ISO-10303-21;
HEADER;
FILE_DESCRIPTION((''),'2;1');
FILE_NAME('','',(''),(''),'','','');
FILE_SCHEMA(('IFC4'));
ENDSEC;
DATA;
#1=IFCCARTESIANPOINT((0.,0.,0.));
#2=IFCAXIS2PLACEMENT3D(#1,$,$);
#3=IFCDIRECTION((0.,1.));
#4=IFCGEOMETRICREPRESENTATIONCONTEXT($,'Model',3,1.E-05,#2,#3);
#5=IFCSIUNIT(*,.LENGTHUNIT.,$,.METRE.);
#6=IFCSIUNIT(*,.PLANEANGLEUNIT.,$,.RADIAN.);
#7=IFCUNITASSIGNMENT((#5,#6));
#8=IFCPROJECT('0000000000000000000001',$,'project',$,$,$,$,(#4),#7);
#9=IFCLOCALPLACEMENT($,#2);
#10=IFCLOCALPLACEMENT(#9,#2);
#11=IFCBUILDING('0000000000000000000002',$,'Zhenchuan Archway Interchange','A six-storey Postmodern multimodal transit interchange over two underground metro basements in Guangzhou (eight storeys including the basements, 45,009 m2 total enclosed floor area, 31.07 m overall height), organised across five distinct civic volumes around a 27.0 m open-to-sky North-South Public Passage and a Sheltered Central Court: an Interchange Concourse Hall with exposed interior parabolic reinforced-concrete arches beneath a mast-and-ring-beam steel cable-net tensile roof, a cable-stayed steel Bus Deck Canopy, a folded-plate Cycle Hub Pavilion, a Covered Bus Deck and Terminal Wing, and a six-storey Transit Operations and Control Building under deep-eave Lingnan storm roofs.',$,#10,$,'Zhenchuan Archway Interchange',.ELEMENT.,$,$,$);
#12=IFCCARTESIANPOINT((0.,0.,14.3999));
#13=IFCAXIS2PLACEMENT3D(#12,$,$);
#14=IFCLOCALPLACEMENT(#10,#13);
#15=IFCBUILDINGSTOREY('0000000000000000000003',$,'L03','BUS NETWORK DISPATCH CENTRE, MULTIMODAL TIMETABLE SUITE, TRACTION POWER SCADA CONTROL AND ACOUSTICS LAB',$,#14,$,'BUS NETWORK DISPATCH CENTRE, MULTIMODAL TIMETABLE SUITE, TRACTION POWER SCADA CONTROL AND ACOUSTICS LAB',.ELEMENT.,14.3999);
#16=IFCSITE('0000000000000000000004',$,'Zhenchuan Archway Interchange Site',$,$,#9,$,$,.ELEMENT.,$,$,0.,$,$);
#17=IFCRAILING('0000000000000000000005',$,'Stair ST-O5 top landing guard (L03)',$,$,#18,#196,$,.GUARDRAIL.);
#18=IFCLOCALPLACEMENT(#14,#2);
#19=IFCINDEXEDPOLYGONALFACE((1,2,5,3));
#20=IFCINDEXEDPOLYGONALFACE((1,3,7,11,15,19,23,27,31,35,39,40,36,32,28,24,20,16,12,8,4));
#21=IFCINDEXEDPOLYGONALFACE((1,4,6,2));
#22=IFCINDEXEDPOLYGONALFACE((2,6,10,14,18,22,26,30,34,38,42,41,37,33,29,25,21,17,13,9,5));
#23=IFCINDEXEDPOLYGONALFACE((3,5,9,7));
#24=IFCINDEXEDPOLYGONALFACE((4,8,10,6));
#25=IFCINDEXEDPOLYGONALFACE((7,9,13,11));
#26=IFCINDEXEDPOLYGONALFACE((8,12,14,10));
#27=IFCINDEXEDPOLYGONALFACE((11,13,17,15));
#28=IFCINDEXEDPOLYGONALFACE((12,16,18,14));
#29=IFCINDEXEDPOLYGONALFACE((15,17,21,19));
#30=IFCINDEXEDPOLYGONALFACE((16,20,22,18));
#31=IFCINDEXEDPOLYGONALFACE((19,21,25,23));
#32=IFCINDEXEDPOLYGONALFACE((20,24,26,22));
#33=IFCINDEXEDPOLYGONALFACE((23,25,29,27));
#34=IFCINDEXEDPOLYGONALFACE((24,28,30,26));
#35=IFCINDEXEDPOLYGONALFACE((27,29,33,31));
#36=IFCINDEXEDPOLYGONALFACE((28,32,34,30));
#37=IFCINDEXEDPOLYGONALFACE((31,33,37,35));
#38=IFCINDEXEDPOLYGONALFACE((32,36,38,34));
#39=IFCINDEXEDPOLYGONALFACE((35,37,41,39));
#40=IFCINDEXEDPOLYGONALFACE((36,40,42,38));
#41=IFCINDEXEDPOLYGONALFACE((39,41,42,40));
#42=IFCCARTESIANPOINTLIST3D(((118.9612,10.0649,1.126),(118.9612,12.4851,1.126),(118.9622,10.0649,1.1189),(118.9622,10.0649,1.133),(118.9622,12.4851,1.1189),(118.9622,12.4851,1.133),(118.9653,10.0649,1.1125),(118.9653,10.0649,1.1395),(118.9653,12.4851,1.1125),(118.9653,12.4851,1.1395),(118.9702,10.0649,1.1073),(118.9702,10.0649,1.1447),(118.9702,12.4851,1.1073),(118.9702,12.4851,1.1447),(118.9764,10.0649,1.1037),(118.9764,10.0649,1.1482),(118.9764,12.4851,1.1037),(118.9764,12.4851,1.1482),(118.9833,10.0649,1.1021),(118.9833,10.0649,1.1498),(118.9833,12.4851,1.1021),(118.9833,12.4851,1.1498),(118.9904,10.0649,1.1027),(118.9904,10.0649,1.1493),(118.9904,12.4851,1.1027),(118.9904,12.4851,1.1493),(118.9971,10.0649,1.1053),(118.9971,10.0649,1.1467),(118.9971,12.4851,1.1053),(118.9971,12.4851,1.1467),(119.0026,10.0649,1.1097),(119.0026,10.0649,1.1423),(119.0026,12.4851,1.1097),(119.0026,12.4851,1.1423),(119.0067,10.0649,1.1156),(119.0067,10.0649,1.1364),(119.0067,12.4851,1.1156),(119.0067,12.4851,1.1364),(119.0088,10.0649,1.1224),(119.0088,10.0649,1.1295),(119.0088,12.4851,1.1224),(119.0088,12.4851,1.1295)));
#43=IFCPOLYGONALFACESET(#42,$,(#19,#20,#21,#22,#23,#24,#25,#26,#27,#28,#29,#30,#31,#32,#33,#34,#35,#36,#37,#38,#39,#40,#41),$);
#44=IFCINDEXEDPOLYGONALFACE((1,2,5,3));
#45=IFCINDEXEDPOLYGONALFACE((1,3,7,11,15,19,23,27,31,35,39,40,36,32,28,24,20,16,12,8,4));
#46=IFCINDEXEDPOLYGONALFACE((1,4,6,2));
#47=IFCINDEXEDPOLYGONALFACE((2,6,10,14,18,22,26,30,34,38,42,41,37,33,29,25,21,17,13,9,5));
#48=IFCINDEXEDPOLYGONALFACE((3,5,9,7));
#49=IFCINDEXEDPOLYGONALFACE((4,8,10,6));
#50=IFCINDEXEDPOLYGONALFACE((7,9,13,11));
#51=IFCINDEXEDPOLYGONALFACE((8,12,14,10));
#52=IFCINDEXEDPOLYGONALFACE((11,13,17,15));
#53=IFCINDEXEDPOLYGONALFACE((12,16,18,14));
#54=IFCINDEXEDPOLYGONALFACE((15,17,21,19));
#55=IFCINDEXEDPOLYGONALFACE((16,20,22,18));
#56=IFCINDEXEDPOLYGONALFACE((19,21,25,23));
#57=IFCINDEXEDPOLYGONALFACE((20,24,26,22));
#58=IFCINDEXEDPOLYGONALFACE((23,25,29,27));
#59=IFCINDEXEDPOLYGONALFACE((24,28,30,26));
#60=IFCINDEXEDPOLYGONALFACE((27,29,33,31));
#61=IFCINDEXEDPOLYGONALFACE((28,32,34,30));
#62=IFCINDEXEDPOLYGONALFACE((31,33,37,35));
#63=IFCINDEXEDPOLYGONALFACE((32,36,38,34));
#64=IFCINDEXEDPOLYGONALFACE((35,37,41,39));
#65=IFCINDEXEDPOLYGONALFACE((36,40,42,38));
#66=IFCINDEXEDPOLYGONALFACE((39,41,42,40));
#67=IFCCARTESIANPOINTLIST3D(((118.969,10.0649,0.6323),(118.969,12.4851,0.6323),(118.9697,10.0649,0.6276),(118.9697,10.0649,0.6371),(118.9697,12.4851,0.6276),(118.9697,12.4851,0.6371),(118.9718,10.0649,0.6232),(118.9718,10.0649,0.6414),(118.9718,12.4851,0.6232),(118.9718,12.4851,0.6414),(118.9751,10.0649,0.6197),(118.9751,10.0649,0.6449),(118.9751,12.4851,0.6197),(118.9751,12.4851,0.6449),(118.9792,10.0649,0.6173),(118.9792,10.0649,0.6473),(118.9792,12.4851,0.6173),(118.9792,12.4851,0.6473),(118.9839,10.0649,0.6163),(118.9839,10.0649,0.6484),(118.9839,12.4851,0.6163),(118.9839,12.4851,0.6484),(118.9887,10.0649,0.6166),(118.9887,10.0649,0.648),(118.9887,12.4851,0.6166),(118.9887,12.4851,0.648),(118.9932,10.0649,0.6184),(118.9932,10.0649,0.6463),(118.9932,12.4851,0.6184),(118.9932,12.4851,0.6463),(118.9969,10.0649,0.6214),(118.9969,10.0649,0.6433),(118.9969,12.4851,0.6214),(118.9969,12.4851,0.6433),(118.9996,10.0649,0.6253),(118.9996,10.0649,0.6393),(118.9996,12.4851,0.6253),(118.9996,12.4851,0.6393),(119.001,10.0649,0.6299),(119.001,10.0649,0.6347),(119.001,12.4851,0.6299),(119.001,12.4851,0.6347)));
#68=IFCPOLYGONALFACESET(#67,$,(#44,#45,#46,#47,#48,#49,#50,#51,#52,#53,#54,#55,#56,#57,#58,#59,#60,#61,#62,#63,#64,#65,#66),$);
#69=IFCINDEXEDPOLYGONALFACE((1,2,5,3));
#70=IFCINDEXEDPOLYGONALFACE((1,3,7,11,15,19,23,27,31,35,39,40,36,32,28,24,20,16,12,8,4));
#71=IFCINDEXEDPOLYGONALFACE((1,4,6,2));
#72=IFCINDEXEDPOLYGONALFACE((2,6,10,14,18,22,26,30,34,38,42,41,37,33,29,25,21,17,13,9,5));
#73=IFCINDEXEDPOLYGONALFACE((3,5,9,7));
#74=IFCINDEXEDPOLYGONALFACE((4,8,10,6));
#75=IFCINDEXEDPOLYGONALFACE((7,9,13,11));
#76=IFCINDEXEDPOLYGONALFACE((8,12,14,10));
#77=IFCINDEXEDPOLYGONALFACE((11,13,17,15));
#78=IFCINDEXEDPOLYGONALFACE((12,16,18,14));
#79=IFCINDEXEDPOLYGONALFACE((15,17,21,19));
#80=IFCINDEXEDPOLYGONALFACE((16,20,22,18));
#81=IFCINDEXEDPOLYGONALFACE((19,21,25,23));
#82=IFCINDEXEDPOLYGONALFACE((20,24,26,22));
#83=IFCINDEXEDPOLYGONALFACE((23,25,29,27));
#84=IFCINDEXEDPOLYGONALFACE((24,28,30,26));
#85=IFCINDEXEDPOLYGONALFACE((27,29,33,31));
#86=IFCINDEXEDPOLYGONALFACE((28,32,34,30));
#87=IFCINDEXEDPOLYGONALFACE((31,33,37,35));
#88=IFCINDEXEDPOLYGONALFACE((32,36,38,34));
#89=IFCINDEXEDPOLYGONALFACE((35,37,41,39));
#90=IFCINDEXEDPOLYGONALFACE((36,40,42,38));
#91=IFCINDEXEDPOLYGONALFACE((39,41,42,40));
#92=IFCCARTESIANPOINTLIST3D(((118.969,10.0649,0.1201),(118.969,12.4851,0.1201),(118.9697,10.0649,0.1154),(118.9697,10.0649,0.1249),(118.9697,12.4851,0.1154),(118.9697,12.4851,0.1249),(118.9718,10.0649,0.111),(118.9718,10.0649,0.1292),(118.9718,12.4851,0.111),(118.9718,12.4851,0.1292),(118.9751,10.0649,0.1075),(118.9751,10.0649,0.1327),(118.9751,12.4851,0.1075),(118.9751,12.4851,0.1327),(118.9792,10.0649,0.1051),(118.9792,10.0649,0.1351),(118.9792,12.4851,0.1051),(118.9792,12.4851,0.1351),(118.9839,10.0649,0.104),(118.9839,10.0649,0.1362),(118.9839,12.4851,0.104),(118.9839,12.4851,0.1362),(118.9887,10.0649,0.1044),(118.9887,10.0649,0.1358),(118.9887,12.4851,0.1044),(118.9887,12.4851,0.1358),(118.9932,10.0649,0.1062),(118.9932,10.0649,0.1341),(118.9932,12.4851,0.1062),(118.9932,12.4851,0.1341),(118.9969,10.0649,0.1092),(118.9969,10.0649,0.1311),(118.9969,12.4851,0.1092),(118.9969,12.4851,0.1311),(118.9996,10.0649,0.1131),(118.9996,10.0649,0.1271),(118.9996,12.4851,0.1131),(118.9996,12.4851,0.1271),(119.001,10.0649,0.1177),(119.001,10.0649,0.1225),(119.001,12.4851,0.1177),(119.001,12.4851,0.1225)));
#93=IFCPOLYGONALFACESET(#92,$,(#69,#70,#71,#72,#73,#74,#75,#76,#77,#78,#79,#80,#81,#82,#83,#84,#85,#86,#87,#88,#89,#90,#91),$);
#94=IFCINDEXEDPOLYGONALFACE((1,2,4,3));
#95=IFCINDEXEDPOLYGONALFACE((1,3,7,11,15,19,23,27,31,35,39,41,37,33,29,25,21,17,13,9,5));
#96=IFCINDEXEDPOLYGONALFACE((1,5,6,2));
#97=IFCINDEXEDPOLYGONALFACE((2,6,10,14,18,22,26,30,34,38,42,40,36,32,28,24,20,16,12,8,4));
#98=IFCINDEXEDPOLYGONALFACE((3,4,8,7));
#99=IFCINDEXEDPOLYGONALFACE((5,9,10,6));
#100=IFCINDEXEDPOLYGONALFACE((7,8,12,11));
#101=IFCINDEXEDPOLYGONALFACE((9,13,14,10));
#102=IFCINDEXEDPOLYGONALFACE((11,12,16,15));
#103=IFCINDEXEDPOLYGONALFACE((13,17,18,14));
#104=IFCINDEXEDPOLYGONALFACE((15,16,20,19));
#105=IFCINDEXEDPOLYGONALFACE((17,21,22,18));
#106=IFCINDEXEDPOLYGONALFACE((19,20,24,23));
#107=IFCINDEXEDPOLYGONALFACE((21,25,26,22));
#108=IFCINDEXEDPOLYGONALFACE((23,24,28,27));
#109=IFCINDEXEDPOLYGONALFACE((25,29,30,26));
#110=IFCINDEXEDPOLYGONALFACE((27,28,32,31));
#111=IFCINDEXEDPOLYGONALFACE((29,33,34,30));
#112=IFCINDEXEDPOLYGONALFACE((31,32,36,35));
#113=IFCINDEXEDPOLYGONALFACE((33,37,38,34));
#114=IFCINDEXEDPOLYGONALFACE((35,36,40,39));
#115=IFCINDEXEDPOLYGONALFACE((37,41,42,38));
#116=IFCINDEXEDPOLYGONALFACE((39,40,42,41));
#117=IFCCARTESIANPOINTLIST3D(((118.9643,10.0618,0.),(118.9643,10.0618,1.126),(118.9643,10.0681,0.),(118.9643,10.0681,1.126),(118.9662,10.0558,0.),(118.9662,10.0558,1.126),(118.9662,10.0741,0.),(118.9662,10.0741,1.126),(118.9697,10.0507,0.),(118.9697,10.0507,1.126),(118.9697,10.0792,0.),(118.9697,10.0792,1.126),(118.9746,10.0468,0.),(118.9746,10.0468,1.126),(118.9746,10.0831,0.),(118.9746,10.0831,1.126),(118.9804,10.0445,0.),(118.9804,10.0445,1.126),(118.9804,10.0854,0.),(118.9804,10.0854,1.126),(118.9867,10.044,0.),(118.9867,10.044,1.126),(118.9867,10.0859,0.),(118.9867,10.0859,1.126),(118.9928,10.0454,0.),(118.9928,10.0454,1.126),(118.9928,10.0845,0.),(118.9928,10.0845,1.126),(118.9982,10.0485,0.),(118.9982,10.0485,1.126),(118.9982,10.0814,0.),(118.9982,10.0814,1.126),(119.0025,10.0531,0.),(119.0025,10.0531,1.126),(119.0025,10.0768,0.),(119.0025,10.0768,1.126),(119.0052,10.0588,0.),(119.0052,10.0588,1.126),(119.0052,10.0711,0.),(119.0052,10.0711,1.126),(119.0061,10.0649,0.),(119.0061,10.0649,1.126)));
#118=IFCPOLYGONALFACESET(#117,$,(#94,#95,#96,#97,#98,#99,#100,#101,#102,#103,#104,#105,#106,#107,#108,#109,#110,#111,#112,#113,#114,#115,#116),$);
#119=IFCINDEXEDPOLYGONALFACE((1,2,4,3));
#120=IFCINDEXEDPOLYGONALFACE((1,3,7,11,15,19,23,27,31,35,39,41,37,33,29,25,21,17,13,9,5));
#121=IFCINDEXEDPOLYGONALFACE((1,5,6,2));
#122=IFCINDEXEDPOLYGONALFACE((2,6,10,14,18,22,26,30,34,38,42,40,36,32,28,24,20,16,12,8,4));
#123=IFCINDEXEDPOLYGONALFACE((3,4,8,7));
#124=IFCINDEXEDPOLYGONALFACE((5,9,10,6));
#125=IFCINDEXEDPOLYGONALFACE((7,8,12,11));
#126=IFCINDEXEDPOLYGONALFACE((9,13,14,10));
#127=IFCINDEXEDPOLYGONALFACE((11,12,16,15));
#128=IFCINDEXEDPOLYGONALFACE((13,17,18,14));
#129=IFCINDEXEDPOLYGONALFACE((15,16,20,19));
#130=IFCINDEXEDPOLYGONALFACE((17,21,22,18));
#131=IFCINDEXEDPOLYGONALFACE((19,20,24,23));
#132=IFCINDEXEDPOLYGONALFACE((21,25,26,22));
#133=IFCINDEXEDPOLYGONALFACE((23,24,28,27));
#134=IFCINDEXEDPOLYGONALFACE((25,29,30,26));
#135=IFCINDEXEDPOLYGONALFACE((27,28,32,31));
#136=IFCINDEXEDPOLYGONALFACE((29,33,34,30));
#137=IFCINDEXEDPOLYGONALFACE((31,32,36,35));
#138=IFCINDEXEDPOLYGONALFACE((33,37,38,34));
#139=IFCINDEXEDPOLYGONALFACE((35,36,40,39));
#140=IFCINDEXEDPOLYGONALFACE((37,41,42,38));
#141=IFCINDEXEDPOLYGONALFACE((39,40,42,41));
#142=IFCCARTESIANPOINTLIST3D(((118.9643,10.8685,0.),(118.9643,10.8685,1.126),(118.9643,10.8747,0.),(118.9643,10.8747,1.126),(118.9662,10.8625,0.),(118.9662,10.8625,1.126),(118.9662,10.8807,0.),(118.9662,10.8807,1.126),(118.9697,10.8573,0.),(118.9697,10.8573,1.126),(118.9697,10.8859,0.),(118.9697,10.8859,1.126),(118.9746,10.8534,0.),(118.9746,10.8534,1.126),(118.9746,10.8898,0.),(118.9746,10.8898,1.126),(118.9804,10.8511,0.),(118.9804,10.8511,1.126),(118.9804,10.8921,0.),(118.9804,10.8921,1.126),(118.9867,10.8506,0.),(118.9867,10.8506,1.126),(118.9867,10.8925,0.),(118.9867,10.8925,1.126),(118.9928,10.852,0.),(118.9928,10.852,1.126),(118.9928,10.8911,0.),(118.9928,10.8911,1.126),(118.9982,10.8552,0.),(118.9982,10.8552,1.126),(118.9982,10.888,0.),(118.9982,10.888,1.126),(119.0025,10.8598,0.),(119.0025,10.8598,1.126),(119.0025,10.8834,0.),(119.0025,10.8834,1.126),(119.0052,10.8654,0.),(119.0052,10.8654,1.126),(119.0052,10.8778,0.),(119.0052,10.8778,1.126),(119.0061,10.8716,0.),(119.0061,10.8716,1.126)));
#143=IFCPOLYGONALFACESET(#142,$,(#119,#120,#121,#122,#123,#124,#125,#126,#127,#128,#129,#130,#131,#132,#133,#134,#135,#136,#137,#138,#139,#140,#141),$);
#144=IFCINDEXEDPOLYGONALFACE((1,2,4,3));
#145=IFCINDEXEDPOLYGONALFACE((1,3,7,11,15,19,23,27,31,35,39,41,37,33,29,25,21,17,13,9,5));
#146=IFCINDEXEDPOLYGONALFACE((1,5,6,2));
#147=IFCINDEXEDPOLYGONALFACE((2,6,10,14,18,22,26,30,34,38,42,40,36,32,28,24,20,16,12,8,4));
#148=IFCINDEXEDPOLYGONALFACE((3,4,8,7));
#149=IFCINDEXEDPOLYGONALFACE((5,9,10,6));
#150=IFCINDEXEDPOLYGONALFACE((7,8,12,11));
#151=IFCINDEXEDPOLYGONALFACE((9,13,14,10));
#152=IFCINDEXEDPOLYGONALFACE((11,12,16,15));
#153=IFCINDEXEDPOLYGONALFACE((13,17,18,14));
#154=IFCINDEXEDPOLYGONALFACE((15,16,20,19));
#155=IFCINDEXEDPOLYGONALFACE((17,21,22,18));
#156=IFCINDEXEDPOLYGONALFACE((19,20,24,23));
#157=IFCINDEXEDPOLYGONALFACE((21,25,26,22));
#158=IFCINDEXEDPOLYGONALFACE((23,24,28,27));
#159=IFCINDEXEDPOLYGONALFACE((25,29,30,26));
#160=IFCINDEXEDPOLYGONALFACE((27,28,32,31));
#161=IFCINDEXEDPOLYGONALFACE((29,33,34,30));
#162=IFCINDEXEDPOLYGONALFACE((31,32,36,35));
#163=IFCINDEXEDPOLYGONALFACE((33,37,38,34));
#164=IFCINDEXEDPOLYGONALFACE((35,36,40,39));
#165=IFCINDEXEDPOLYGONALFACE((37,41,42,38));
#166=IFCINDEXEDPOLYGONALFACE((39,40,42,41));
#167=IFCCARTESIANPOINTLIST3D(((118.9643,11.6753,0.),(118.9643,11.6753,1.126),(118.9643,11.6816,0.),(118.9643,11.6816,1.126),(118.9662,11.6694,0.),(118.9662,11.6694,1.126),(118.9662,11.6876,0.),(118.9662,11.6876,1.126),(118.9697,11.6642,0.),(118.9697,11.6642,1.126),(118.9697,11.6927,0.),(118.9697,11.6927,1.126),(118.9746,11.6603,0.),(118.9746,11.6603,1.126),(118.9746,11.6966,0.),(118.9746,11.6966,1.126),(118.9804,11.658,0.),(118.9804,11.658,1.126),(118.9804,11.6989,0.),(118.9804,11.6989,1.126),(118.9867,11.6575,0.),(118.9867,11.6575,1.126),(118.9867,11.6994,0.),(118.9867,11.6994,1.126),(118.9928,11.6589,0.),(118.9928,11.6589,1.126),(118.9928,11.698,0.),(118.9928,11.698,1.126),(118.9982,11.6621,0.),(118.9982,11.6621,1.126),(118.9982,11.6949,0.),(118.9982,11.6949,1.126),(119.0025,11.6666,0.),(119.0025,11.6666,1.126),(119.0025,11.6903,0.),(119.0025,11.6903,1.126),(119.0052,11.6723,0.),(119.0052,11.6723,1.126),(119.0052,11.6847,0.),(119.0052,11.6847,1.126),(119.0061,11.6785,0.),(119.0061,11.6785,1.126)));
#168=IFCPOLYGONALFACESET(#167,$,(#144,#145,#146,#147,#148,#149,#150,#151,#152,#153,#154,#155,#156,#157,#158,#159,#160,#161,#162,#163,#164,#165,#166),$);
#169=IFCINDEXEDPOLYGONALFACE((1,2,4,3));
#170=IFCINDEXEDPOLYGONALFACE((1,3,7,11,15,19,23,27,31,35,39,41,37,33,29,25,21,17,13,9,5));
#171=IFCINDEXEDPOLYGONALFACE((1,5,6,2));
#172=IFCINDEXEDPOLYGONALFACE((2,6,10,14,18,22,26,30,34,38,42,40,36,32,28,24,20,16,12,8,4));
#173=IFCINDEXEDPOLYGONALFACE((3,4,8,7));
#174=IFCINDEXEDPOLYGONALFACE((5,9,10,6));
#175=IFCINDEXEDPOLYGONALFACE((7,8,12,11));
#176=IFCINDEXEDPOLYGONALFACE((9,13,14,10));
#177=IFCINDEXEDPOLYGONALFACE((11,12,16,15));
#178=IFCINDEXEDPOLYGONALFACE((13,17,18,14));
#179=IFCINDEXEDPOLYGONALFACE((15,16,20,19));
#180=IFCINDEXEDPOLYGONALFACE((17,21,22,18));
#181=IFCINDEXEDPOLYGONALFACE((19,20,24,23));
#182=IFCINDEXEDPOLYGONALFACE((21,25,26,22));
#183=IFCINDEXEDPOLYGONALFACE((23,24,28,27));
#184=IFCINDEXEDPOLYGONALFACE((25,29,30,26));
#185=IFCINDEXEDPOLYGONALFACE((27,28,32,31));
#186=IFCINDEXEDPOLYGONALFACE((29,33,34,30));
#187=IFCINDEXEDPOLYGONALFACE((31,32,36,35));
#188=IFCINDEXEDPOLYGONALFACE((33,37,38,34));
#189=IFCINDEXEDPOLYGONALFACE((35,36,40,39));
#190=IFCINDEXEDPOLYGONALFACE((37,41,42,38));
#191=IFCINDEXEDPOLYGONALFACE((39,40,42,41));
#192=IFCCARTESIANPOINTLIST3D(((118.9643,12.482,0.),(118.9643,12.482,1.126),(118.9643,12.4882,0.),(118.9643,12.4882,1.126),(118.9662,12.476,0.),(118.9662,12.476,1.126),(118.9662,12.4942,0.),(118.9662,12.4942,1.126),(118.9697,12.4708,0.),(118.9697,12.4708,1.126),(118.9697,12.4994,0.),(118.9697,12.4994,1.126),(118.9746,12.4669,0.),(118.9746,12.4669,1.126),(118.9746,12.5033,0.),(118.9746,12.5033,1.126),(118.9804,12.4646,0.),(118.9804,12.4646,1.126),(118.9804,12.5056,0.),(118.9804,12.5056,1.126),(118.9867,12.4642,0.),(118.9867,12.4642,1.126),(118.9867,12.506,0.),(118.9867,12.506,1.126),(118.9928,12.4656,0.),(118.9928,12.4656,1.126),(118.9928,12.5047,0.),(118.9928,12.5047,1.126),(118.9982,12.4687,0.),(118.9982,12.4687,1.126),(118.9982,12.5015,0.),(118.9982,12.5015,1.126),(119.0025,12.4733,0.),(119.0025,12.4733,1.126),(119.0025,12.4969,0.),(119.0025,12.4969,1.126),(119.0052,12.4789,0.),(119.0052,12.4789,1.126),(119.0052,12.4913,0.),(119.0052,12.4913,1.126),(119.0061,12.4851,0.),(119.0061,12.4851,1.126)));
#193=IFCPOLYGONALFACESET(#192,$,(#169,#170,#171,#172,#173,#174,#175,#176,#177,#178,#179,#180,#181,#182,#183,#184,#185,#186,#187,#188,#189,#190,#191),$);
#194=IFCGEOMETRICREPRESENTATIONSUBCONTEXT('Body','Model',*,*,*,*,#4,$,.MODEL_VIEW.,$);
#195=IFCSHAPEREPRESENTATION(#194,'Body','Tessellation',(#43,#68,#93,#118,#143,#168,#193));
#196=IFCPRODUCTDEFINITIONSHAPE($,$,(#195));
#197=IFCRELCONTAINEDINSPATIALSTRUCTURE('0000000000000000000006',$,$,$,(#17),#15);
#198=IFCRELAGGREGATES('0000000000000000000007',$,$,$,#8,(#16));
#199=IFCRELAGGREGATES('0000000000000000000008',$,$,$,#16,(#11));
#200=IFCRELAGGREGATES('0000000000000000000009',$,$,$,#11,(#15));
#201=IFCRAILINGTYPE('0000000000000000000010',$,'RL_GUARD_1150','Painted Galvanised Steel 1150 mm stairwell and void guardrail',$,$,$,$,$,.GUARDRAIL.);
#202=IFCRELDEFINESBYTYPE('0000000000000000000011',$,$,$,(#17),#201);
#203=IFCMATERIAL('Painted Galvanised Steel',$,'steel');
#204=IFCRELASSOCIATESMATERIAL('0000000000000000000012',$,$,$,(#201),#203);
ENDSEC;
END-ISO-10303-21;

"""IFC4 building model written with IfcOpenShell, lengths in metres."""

from ifc_helpers import new_model, si_unit, direction, frame, origin, origin_2d, place, context, subcontext, project, spatial, circle, extrude, material, type_object, element, save


model = new_model("IFC4")

# Units and contexts
model_context = context("Model", 3, precision=1e-05, world=origin(), true_north=direction((0.0, 1.0)))
body_context = subcontext(model_context, "Body", "Model", "MODEL_VIEW")
ifc_project = project(units=[si_unit("LENGTHUNIT", "METRE"), si_unit("PLANEANGLEUNIT", "RADIAN")], contexts=[model_context])

# Site, building, storey
site_placement = place(None, origin())
site = spatial("IfcSite", under=ifc_project, at=site_placement, Name="Zhenchuan Archway Interchange Site", CompositionType="ELEMENT", RefElevation=0.0)
building_placement = place(site_placement, origin())
building = spatial("IfcBuilding", under=site, at=building_placement, Name="Zhenchuan Archway Interchange", Description="A six-storey Postmodern multimodal transit interchange over two underground metro basements in Guangzhou (eight storeys including the basements, 45,009 m2 total enclosed floor area, 31.07 m overall height), organised across five distinct civic volumes around a 27.0 m open-to-sky North-South Public Passage and a Sheltered Central Court: an Interchange Concourse Hall with exposed interior parabolic reinforced-concrete arches beneath a mast-and-ring-beam steel cable-net tensile roof, a cable-stayed steel Bus Deck Canopy, a folded-plate Cycle Hub Pavilion, a Covered Bus Deck and Terminal Wing, and a six-storey Transit Operations and Control Building under deep-eave Lingnan storm roofs.", LongName="Zhenchuan Archway Interchange", CompositionType="ELEMENT")
storey_placement = place(building_placement, frame((0.0, 0.0, 14.3999)))
storey = spatial("IfcBuildingStorey", under=building, at=storey_placement, Name="L03", Description="BUS NETWORK DISPATCH CENTRE, MULTIMODAL TIMETABLE SUITE, TRACTION POWER SCADA CONTROL AND ACOUSTICS LAB", LongName="BUS NETWORK DISPATCH CENTRE, MULTIMODAL TIMETABLE SUITE, TRACTION POWER SCADA CONTROL AND ACOUSTICS LAB", CompositionType="ELEMENT", Elevation=14.3999)

# Railing
ifc_material_1 = material(Name="Painted Galvanised Steel", Category="steel")
railing_type = type_object("IfcRailingType", Name="RL_GUARD_1150", Description="Painted Galvanised Steel 1150 mm stairwell and void guardrail", PredefinedType="GUARDRAIL", material=ifc_material_1)
railing_placement = place(storey_placement, frame((118.9851, 10.0649, 0.0)))
element("IfcRailing", 1, at=railing_placement, inside=storey, type_object=railing_type, Name="Stair ST-O5 top landing guard (L03)", PredefinedType="GUARDRAIL", context=body_context, shape_type="SweptSolid", body=[
    extrude(circle(Radius=0.0239, at=origin_2d()), frame((0.0, 0.0, 1.126), z_axis=(0.0, 1.0, 0.0), x_axis=(-1.0, 0.0, 0.0)), (0.0, 0.0, 1.0), 2.4202),
    extrude(circle(Radius=0.0161, at=origin_2d()), frame((0.0, 0.0, 0.6323), z_axis=(0.0, 1.0, 0.0), x_axis=(-1.0, 0.0, 0.0)), (0.0, 0.0, 1.0), 2.4202),
    extrude(circle(Radius=0.0161, at=origin_2d()), frame((0.0, 0.0, 0.1201), z_axis=(0.0, 1.0, 0.0), x_axis=(-1.0, 0.0, 0.0)), (0.0, 0.0, 1.0), 2.4202),
    extrude(circle(Radius=0.021, at=origin_2d()), origin(), (0.0, 0.0, 1.0), 1.126),
    extrude(circle(Radius=0.021, at=origin_2d()), frame((0.0, 0.8066, 0.0)), (0.0, 0.0, 1.0), 1.126),
    extrude(circle(Radius=0.021, at=origin_2d()), frame((0.0, 1.6135, 0.0)), (0.0, 0.0, 1.0), 1.126),
    extrude(circle(Radius=0.021, at=origin_2d()), frame((0.0, 2.4202, 0.0)), (0.0, 0.0, 1.0), 1.126),
])

save(model, "model.ifc")
